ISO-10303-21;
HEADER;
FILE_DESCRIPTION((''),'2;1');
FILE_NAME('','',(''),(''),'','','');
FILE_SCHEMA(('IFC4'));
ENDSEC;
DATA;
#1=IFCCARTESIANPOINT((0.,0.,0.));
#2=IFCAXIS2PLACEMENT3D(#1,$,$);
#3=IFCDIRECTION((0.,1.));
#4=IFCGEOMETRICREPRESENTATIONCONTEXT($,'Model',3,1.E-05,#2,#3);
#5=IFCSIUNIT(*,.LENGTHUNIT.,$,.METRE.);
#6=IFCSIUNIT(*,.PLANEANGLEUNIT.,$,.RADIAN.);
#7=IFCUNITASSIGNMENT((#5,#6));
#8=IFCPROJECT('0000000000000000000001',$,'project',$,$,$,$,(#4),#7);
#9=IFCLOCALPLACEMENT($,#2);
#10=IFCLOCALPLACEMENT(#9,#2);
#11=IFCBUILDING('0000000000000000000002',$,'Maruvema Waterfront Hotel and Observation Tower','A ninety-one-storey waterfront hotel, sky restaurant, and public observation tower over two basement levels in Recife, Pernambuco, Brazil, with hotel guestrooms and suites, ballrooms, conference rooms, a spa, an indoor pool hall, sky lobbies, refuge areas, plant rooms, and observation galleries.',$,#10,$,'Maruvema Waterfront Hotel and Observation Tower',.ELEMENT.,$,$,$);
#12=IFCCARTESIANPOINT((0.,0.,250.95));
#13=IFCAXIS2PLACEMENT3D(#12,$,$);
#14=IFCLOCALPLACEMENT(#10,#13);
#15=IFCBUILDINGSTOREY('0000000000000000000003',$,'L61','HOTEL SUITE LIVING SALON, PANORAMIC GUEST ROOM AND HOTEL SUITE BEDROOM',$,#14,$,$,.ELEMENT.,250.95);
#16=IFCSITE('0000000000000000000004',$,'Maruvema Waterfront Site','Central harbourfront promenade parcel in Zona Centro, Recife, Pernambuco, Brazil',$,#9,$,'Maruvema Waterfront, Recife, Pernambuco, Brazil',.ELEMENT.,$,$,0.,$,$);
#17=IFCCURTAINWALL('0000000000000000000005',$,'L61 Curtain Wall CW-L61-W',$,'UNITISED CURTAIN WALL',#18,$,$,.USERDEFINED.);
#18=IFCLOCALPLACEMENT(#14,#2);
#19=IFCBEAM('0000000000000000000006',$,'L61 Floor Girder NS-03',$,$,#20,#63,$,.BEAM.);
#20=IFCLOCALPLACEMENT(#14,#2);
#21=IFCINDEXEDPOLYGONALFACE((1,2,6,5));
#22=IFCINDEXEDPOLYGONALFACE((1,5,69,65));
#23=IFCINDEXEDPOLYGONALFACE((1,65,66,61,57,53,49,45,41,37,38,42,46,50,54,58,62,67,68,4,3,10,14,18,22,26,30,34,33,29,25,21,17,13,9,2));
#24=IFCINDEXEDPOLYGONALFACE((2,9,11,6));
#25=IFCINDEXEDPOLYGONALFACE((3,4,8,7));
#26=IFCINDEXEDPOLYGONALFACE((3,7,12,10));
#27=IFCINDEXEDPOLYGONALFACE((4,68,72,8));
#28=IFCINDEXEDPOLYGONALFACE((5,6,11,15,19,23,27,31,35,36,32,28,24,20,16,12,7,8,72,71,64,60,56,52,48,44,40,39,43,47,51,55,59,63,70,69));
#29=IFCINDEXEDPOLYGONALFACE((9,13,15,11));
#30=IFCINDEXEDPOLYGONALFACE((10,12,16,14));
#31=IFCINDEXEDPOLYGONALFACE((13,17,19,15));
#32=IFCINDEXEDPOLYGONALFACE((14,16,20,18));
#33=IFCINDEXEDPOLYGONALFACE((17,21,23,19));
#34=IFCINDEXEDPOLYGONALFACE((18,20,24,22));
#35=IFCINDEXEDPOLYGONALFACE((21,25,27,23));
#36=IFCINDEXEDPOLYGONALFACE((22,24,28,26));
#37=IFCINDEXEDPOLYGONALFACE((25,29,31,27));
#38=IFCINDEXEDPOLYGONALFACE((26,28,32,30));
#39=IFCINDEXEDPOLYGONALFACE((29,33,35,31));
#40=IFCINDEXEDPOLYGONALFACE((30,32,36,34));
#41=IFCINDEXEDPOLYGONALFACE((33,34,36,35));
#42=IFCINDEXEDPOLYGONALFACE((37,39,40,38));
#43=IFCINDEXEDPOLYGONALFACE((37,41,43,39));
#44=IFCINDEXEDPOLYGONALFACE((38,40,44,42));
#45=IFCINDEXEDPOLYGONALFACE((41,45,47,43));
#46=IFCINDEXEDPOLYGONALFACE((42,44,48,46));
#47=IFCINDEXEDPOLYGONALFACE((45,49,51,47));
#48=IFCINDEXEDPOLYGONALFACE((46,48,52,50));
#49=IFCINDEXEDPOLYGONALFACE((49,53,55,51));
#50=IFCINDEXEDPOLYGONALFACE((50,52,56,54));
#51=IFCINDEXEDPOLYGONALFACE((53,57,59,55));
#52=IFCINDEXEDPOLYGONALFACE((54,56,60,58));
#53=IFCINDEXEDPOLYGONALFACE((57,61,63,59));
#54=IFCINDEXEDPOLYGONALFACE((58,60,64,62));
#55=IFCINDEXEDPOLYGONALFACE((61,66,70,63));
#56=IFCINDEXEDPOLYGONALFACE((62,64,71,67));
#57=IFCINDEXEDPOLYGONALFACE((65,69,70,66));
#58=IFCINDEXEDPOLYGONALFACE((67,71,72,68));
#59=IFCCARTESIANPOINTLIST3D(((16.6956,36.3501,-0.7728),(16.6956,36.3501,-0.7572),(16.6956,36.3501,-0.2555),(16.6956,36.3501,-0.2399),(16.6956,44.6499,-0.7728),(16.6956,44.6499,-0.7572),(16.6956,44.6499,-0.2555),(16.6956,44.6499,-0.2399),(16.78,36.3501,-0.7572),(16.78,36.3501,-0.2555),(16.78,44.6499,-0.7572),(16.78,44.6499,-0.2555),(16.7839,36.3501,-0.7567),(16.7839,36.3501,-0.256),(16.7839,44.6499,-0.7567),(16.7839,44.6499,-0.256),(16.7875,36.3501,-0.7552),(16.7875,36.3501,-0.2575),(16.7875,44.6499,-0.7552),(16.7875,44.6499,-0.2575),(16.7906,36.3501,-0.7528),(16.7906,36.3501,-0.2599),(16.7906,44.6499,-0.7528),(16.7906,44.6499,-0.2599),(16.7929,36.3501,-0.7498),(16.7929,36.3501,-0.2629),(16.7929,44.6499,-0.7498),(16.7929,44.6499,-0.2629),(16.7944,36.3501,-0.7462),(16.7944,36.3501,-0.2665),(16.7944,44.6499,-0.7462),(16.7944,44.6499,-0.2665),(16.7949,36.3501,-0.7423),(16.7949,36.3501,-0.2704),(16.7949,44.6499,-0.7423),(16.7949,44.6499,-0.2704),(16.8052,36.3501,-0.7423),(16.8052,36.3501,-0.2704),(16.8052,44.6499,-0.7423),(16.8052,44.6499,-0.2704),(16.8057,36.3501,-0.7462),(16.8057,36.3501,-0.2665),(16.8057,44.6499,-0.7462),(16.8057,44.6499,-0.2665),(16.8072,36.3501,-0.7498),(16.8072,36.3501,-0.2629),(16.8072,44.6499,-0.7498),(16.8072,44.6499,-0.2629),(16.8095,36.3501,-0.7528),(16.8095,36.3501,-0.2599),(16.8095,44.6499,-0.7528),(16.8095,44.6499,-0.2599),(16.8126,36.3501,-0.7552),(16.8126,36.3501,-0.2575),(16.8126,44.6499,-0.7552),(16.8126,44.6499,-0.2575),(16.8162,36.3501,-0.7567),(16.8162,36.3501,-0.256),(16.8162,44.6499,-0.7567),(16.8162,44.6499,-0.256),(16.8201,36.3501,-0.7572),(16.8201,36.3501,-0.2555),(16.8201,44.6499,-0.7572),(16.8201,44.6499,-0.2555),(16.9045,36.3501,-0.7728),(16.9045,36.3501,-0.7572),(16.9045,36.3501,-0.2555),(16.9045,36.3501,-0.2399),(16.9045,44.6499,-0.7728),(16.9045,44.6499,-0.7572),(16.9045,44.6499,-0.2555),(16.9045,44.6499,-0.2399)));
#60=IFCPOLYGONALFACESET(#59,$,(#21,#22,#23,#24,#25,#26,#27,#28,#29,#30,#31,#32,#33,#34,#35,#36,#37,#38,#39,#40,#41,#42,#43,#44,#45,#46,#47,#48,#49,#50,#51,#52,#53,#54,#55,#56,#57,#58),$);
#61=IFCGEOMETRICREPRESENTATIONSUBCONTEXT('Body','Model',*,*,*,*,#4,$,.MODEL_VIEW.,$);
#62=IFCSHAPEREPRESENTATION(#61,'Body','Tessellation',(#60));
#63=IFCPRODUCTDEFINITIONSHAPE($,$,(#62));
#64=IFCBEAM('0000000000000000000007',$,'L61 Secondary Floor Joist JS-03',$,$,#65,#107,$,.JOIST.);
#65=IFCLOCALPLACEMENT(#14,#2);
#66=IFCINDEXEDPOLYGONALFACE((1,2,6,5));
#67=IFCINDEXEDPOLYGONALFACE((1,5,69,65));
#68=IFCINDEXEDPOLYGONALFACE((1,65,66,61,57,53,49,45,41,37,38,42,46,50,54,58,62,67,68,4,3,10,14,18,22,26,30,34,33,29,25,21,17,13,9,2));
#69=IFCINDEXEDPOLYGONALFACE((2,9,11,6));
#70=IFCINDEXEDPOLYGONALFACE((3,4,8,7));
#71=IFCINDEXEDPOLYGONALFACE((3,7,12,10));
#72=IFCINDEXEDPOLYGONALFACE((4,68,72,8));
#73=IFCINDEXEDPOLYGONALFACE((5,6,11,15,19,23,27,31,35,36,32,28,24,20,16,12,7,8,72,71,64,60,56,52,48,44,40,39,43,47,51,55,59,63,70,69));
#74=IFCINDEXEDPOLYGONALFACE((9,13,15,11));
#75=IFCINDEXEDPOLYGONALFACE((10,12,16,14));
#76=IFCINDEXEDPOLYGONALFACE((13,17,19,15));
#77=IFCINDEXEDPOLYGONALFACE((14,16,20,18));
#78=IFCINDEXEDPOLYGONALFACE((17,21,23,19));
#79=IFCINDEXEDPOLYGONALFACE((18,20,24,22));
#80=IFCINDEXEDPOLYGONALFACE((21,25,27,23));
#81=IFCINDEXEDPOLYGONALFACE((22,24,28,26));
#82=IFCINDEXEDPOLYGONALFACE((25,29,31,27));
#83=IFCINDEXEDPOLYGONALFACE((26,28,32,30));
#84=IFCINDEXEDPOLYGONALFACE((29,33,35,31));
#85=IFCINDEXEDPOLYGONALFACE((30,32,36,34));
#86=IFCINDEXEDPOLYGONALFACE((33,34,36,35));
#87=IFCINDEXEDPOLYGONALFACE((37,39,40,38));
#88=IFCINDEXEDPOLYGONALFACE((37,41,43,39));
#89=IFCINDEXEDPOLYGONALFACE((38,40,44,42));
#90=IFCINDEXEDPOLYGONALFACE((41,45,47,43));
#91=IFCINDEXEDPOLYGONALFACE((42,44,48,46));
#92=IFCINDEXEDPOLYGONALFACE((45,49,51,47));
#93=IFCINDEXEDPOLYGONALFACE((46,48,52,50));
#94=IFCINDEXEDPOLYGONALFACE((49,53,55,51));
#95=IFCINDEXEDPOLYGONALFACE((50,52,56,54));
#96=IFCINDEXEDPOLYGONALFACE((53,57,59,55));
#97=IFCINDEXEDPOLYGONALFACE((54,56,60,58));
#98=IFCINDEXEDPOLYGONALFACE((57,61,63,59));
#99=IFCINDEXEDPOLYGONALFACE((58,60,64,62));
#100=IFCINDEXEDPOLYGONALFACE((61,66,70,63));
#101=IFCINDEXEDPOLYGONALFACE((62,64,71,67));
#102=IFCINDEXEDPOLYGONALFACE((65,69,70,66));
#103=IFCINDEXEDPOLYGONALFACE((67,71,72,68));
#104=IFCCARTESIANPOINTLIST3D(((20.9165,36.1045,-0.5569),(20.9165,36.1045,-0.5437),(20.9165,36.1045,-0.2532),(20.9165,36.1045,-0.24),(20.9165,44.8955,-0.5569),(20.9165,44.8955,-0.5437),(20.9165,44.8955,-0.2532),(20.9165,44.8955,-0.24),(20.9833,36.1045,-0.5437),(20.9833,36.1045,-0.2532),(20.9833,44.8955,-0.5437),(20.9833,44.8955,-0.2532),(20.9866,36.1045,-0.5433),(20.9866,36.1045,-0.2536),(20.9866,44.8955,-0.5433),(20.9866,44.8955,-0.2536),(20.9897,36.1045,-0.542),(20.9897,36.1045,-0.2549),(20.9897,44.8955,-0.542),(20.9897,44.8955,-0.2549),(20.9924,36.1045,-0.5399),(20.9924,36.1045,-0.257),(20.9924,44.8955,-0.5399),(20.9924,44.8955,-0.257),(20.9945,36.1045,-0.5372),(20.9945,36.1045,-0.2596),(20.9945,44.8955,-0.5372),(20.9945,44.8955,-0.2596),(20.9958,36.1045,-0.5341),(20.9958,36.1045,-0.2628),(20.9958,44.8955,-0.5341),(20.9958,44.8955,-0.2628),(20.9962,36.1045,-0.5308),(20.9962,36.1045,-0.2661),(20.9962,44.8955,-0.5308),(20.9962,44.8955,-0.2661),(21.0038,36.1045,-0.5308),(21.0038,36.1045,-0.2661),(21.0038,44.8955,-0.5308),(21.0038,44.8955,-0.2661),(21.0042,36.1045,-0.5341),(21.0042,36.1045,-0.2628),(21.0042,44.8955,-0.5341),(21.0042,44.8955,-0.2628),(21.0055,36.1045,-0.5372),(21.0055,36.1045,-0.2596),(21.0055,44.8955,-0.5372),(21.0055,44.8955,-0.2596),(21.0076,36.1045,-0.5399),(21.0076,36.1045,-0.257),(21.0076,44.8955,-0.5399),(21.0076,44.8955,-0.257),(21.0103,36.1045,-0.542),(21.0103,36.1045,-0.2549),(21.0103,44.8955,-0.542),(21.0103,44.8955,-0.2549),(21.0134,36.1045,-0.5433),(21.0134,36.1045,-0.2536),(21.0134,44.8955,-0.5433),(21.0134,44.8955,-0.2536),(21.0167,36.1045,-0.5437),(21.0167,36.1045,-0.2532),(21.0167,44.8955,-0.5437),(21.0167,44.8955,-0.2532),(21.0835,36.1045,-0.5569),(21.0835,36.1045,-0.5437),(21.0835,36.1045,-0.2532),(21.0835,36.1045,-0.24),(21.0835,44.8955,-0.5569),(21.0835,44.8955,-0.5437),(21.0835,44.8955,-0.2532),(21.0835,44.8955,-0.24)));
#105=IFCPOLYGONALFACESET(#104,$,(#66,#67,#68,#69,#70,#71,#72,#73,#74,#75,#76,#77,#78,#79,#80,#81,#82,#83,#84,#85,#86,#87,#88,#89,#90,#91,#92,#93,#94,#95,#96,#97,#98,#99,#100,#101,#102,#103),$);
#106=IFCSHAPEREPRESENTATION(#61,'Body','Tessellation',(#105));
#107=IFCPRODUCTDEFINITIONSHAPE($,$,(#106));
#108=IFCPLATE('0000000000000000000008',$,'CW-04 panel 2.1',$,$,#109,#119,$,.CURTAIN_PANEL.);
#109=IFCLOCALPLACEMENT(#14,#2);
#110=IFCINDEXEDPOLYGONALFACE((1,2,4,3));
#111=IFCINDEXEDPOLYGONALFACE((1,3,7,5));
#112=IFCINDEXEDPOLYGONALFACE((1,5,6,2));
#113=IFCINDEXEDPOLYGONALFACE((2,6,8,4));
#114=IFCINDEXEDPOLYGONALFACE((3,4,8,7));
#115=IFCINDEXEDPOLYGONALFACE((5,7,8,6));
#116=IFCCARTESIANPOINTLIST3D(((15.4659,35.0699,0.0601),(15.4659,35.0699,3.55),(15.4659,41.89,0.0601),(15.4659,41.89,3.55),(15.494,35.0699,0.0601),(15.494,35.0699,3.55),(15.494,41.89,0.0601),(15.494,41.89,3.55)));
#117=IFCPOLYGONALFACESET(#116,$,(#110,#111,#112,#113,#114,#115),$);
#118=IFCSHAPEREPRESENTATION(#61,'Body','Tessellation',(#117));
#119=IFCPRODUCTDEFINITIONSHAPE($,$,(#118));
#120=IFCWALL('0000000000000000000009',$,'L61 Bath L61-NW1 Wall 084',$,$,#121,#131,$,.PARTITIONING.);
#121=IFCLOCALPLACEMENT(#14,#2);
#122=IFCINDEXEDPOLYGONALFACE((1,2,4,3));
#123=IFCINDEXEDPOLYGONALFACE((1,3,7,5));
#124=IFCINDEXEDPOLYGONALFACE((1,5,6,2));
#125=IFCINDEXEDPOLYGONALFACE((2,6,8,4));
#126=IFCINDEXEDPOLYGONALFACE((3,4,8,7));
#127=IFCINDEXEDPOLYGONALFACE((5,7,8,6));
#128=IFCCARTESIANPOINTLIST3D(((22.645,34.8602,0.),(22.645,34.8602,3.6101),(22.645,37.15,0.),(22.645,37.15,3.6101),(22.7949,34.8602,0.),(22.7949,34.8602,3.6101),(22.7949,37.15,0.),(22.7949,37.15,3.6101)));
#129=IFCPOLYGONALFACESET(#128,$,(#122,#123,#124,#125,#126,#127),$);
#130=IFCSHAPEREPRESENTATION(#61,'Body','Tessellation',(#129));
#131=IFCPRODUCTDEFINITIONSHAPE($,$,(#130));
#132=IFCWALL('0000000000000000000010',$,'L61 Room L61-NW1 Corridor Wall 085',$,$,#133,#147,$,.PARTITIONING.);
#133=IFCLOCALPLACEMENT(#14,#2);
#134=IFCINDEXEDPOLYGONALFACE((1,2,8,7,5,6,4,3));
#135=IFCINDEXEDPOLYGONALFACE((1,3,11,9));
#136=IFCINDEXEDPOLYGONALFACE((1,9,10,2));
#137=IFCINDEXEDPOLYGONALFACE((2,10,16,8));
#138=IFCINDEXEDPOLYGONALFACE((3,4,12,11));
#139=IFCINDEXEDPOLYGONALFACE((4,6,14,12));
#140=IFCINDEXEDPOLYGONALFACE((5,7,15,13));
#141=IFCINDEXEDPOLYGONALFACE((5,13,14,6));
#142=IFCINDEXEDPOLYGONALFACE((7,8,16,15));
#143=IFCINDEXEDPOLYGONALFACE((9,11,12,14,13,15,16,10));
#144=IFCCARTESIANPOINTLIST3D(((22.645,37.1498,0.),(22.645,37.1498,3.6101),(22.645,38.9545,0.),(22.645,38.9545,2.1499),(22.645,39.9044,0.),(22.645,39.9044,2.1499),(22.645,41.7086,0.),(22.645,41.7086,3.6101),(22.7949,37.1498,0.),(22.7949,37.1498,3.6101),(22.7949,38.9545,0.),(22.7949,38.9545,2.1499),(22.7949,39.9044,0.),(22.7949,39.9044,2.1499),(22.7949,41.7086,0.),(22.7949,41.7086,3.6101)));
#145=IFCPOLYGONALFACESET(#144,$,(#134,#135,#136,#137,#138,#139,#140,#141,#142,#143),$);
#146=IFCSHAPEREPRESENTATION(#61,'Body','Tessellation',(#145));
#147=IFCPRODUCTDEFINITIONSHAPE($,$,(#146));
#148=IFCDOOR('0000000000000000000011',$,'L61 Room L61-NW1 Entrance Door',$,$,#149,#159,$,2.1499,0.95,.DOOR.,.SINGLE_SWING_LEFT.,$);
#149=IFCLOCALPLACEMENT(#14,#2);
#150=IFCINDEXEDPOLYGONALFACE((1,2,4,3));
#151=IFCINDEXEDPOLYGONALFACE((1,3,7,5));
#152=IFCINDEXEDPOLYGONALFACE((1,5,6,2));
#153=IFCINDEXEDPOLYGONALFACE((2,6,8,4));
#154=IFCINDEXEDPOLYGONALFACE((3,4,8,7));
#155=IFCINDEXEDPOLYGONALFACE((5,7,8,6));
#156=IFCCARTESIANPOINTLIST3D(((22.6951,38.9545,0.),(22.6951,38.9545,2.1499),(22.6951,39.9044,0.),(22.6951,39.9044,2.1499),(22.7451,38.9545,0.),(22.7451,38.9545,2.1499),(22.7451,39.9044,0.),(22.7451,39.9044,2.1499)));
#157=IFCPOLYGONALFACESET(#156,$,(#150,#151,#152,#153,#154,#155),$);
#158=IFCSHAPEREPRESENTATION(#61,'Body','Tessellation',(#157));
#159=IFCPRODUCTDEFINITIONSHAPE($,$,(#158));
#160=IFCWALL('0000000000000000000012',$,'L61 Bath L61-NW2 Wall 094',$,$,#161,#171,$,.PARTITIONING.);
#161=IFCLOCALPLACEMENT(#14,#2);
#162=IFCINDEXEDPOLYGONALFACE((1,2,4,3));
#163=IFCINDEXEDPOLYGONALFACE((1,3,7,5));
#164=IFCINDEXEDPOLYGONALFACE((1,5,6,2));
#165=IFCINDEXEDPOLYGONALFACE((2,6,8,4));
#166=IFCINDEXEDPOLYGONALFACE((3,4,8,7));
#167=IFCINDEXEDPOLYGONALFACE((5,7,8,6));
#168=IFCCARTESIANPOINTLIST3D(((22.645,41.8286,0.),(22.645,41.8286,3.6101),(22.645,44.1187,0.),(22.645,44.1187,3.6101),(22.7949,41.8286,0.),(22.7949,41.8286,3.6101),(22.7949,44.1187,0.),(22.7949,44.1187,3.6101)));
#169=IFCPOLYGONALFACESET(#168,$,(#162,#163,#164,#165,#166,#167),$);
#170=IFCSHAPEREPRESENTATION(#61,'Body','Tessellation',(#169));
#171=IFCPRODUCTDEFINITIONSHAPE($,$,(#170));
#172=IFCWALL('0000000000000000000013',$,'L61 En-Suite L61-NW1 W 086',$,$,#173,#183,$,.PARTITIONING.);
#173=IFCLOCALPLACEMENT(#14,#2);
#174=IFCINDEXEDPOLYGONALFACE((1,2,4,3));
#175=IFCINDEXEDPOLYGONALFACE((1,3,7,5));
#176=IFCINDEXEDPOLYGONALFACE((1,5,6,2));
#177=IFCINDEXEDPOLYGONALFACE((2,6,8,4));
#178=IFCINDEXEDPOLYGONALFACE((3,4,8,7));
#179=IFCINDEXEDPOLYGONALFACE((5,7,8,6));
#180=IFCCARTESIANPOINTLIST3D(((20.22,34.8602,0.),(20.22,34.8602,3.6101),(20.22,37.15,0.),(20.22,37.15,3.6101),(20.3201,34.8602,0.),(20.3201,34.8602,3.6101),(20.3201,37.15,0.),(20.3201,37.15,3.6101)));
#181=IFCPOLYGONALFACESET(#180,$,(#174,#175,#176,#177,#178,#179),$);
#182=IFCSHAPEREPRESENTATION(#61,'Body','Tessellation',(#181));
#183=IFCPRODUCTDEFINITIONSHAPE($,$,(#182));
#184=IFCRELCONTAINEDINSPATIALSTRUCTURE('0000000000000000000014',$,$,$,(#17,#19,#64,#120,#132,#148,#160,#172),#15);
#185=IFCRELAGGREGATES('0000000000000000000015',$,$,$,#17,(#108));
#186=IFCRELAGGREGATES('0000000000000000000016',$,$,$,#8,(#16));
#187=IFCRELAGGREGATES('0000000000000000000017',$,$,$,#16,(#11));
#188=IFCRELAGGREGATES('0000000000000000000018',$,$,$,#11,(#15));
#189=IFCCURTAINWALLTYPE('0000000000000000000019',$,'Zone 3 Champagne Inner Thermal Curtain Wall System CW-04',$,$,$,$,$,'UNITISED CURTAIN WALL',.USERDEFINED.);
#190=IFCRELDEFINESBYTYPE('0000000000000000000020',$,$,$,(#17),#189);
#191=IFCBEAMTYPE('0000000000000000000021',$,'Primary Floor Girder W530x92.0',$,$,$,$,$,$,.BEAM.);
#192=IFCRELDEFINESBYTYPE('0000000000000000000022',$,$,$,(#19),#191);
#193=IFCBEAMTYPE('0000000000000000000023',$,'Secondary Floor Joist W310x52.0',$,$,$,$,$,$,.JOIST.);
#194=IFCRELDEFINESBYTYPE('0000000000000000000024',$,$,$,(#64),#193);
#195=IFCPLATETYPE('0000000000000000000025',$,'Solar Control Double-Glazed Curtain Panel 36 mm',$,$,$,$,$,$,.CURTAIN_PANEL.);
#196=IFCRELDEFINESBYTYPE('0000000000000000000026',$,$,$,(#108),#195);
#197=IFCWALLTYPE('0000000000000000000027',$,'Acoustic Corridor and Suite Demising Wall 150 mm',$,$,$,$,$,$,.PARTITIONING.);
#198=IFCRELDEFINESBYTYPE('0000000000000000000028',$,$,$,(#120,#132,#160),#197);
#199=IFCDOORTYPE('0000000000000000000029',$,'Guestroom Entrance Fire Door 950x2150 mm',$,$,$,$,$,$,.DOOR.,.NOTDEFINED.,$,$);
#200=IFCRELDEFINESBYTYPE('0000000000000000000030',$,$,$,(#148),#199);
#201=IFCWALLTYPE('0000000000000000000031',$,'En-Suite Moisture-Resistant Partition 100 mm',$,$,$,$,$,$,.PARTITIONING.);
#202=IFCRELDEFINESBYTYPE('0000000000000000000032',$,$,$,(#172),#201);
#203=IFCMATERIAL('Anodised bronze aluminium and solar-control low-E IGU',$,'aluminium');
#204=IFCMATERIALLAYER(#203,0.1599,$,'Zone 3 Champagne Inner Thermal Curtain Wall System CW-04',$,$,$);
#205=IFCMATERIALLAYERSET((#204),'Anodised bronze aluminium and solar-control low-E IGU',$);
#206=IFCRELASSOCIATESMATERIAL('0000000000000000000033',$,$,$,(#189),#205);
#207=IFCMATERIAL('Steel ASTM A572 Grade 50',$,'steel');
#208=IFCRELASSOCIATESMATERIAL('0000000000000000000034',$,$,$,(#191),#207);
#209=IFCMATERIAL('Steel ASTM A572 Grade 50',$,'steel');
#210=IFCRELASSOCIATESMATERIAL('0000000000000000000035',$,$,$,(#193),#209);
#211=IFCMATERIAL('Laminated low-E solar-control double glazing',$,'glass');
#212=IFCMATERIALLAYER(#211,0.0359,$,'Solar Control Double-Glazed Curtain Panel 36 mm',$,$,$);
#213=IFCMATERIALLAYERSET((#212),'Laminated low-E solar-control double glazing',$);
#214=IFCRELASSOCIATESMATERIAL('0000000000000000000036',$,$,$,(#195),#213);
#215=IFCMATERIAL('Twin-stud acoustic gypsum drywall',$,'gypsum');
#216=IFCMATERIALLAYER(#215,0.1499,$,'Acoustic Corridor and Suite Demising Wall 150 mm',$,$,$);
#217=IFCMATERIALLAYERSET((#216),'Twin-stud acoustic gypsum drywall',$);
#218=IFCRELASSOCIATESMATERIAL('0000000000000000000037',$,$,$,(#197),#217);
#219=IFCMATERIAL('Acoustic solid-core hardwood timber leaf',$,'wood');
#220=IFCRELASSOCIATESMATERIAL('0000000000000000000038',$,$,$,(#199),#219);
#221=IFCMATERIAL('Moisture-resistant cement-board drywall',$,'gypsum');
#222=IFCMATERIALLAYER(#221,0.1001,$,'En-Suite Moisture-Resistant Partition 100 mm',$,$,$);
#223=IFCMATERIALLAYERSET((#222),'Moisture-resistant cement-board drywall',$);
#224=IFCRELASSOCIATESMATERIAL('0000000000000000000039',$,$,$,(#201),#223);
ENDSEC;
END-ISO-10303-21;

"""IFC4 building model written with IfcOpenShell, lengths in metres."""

from ifc_helpers import new_model, si_unit, direction, frame, frame_2d, origin, origin_2d, place, context, subcontext, project, spatial, rectangle, i_section, extrude, material, layer, layer_set, material_profile, profile_set, type_object, element, fill, aggregate, save


model = new_model("IFC4")

# Units and contexts
model_context = context("Model", 3, precision=1e-05, world=origin(), true_north=direction((0.0, 1.0)))
body_context = subcontext(model_context, "Body", "Model", "MODEL_VIEW")
ifc_project = project(units=[si_unit("LENGTHUNIT", "METRE"), si_unit("PLANEANGLEUNIT", "RADIAN")], contexts=[model_context])

# Site, building, storey
site_placement = place(None, origin())
site = spatial("IfcSite", under=ifc_project, at=site_placement, Name="Maruvema Waterfront Site", Description="Central harbourfront promenade parcel in Zona Centro, Recife, Pernambuco, Brazil", LongName="Maruvema Waterfront, Recife, Pernambuco, Brazil", CompositionType="ELEMENT", RefElevation=0.0)
building_placement = place(site_placement, origin())
building = spatial("IfcBuilding", under=site, at=building_placement, Name="Maruvema Waterfront Hotel and Observation Tower", Description="A ninety-one-storey waterfront hotel, sky restaurant, and public observation tower over two basement levels in Recife, Pernambuco, Brazil, with hotel guestrooms and suites, ballrooms, conference rooms, a spa, an indoor pool hall, sky lobbies, refuge areas, plant rooms, and observation galleries.", LongName="Maruvema Waterfront Hotel and Observation Tower", CompositionType="ELEMENT")
storey_placement = place(building_placement, frame((0.0, 0.0, 250.95)))
storey = spatial("IfcBuildingStorey", under=building, at=storey_placement, Name="L61", Description="HOTEL SUITE LIVING SALON, PANORAMIC GUEST ROOM AND HOTEL SUITE BEDROOM", CompositionType="ELEMENT", Elevation=250.95)

# Curtain wall
ifc_material_1 = material(Name="Anodised bronze aluminium and solar-control low-E IGU", Category="aluminium")
ifc_layer_1 = layer(ifc_material_1, 0.1599, Name="Zone 3 Champagne Inner Thermal Curtain Wall System CW-04")
ifc_layer_set_1 = layer_set([ifc_layer_1], Name="Anodised bronze aluminium and solar-control low-E IGU")
curtain_wall_type = type_object("IfcCurtainWallType", Name="Zone 3 Champagne Inner Thermal Curtain Wall System CW-04", ElementType="UNITISED CURTAIN WALL", PredefinedType="USERDEFINED", material=ifc_layer_set_1)
curtain_wall_placement = place(storey_placement, origin())
curtain_wall = element("IfcCurtainWall", 1, at=curtain_wall_placement, inside=storey, type_object=curtain_wall_type, Name="L61 Curtain Wall CW-L61-W", ObjectType="UNITISED CURTAIN WALL", PredefinedType="USERDEFINED")

# Beams
ifc_material_2 = material(Name="Steel ASTM A572 Grade 50", Category="steel")
ifc_material_profile_1 = material_profile(ifc_material_2, i_section(OverallWidth=0.209, OverallDepth=0.533, WebThickness=0.0103, FlangeThickness=0.0156, FilletRadius=0.0149, at=origin_2d()), Name="W530x92.0")
ifc_profile_set_1 = profile_set([ifc_material_profile_1], Name="Steel ASTM A572 Grade 50")
beam_type_1 = type_object("IfcBeamType", Name="Primary Floor Girder W530x92.0", PredefinedType="BEAM", material=ifc_profile_set_1)
beam_1_placement = place(storey_placement, frame((16.8, 36.3501, -0.5063), z_axis=(0.0, 1.0, 0.0), x_axis=(-1.0, 0.0, 0.0)))
element("IfcBeam", 2, at=beam_1_placement, inside=storey, type_object=beam_type_1, Name="L61 Floor Girder NS-03", PredefinedType="BEAM", context=body_context, shape_type="SweptSolid", body=[
    extrude(i_section(OverallWidth=0.209, OverallDepth=0.533, WebThickness=0.0103, FlangeThickness=0.0156, FilletRadius=0.0149, at=origin_2d()), origin(), (0.0, 0.0, 1.0), 8.2998),
])
ifc_material_3 = material(Name="Steel ASTM A572 Grade 50", Category="steel")
ifc_material_profile_2 = material_profile(ifc_material_3, i_section(OverallWidth=0.167, OverallDepth=0.3169, WebThickness=0.0076, FlangeThickness=0.0132, FilletRadius=0.0129, at=origin_2d()), Name="W310x52.0")
ifc_profile_set_2 = profile_set([ifc_material_profile_2], Name="Steel ASTM A572 Grade 50")
beam_type_2 = type_object("IfcBeamType", Name="Secondary Floor Joist W310x52.0", PredefinedType="JOIST", material=ifc_profile_set_2)
beam_2_placement = place(storey_placement, frame((21.0, 36.1045, -0.3984), z_axis=(0.0, 1.0, 0.0), x_axis=(-1.0, 0.0, 0.0)))
element("IfcBeam", 3, at=beam_2_placement, inside=storey, type_object=beam_type_2, Name="L61 Secondary Floor Joist JS-03", PredefinedType="JOIST", context=body_context, shape_type="SweptSolid", body=[
    extrude(i_section(OverallWidth=0.167, OverallDepth=0.3169, WebThickness=0.0076, FlangeThickness=0.0132, FilletRadius=0.0129, at=origin_2d()), origin(), (0.0, 0.0, 1.0), 8.791),
])

# Plate
ifc_material_4 = material(Name="Laminated low-E solar-control double glazing", Category="glass")
ifc_layer_2 = layer(ifc_material_4, 0.0359, Name="Solar Control Double-Glazed Curtain Panel 36 mm")
ifc_layer_set_2 = layer_set([ifc_layer_2], Name="Laminated low-E solar-control double glazing")
plate_type = type_object("IfcPlateType", Name="Solar Control Double-Glazed Curtain Panel 36 mm", PredefinedType="CURTAIN_PANEL", material=ifc_layer_set_2)
plate_placement = place(storey_placement, frame((15.48, 38.48, 0.0601), z_axis=(0.0, 0.0, 1.0), x_axis=(0.0, -1.0, 0.0)))
plate = element("IfcPlate", 4, at=plate_placement, type_object=plate_type, Name="CW-04 panel 2.1", PredefinedType="CURTAIN_PANEL", context=body_context, shape_type="SweptSolid", body=[
    extrude(rectangle(XDim=6.8201, YDim=0.0281, at=origin_2d()), origin(), (0.0, 0.0, 1.0), 3.49),
])
aggregate(curtain_wall, [plate])

# Wall
ifc_material_5 = material(Name="Twin-stud acoustic gypsum drywall", Category="gypsum")
ifc_layer_3 = layer(ifc_material_5, 0.1499, Name="Acoustic Corridor and Suite Demising Wall 150 mm")
ifc_layer_set_3 = layer_set([ifc_layer_3], Name="Twin-stud acoustic gypsum drywall")
wall_type_1 = type_object("IfcWallType", Name="Acoustic Corridor and Suite Demising Wall 150 mm", PredefinedType="PARTITIONING", material=ifc_layer_set_3)
wall_1_placement = place(storey_placement, frame((22.72, 34.8601, 0.0), z_axis=(0.0, 0.0, 1.0), x_axis=(0.0, 1.0, 0.0)))
element("IfcWall", 5, at=wall_1_placement, inside=storey, type_object=wall_type_1, Name="L61 Bath L61-NW1 Wall 084", PredefinedType="PARTITIONING", context=body_context, shape_type="SweptSolid", body=[
    extrude(rectangle(XDim=2.2898, YDim=0.1499, at=frame_2d((1.145, 0.0))), origin(), (0.0, 0.0, 1.0), 3.6101),
])

# Wall, opening, door
wall_2_placement = place(storey_placement, frame((22.72, 37.1499, 0.0), z_axis=(0.0, 0.0, 1.0), x_axis=(0.0, 1.0, 0.0)))
wall_2 = element("IfcWall", 6, at=wall_2_placement, inside=storey, type_object=wall_type_1, Name="L61 Room L61-NW1 Corridor Wall 085", PredefinedType="PARTITIONING", context=body_context, shape_type="SweptSolid", body=[
    extrude(rectangle(XDim=4.5588, YDim=0.1499, at=frame_2d((2.2793, 0.0))), origin(), (0.0, 0.0, 1.0), 3.6101),
])
opening_1_placement = place(wall_2_placement, frame((1.8044, 0.0, 0.0)))
opening_1 = element("IfcOpeningElement", 7, at=opening_1_placement, cuts=wall_2, PredefinedType="OPENING", context=body_context, shape_type="SweptSolid", body=[
    extrude(rectangle(XDim=0.95, YDim=2.1499, at=frame_2d((0.4751, 1.075))), frame((0.0, 0.085, 0.0), z_axis=(0.0, -1.0, 0.0), x_axis=(1.0, 0.0, 0.0)), (0.0, 0.0, 1.0), 0.1699),
])
ifc_material_6 = material(Name="Acoustic solid-core hardwood timber leaf", Category="wood")
door_type_1 = type_object("IfcDoorType", Name="Guestroom Entrance Fire Door 950x2150 mm", OperationType="NOTDEFINED", PredefinedType="DOOR", material=ifc_material_6)
door_1_placement = place(opening_1_placement, origin())
door_1 = element("IfcDoor", 8, at=door_1_placement, inside=storey, type_object=door_type_1, Name="L61 Room L61-NW1 Entrance Door", OperationType="SINGLE_SWING_LEFT", OverallHeight=2.1499, OverallWidth=0.95, PredefinedType="DOOR", context=body_context, shape_type="SweptSolid", body=[
    extrude(rectangle(XDim=0.95, YDim=2.1499, at=frame_2d((0.4751, 1.075))), frame((0.0, 0.0249, 0.0), z_axis=(0.0, -1.0, 0.0), x_axis=(1.0, 0.0, 0.0)), (0.0, 0.0, 1.0), 0.05),
])
fill(opening_1, door_1)

# Walls
wall_3_placement = place(storey_placement, frame((22.72, 41.8286, 0.0), z_axis=(0.0, 0.0, 1.0), x_axis=(0.0, 1.0, 0.0)))
element("IfcWall", 9, at=wall_3_placement, inside=storey, type_object=wall_type_1, Name="L61 Bath L61-NW2 Wall 094", PredefinedType="PARTITIONING", context=body_context, shape_type="SweptSolid", body=[
    extrude(rectangle(XDim=2.29, YDim=0.1499, at=frame_2d((1.145, 0.0))), origin(), (0.0, 0.0, 1.0), 3.6101),
])
ifc_material_7 = material(Name="Moisture-resistant cement-board drywall", Category="gypsum")
ifc_layer_4 = layer(ifc_material_7, 0.1001, Name="En-Suite Moisture-Resistant Partition 100 mm")
ifc_layer_set_4 = layer_set([ifc_layer_4], Name="Moisture-resistant cement-board drywall")
wall_type_2 = type_object("IfcWallType", Name="En-Suite Moisture-Resistant Partition 100 mm", PredefinedType="PARTITIONING", material=ifc_layer_set_4)
wall_4_placement = place(storey_placement, frame((20.27, 34.8601, 0.0), z_axis=(0.0, 0.0, 1.0), x_axis=(0.0, 1.0, 0.0)))
element("IfcWall", 10, at=wall_4_placement, inside=storey, type_object=wall_type_2, Name="L61 En-Suite L61-NW1 W 086", PredefinedType="PARTITIONING", context=body_context, shape_type="SweptSolid", body=[
    extrude(rectangle(XDim=2.2898, YDim=0.1001, at=frame_2d((1.145, 0.0))), origin(), (0.0, 0.0, 1.0), 3.6101),
])

save(model, "model.ifc")
